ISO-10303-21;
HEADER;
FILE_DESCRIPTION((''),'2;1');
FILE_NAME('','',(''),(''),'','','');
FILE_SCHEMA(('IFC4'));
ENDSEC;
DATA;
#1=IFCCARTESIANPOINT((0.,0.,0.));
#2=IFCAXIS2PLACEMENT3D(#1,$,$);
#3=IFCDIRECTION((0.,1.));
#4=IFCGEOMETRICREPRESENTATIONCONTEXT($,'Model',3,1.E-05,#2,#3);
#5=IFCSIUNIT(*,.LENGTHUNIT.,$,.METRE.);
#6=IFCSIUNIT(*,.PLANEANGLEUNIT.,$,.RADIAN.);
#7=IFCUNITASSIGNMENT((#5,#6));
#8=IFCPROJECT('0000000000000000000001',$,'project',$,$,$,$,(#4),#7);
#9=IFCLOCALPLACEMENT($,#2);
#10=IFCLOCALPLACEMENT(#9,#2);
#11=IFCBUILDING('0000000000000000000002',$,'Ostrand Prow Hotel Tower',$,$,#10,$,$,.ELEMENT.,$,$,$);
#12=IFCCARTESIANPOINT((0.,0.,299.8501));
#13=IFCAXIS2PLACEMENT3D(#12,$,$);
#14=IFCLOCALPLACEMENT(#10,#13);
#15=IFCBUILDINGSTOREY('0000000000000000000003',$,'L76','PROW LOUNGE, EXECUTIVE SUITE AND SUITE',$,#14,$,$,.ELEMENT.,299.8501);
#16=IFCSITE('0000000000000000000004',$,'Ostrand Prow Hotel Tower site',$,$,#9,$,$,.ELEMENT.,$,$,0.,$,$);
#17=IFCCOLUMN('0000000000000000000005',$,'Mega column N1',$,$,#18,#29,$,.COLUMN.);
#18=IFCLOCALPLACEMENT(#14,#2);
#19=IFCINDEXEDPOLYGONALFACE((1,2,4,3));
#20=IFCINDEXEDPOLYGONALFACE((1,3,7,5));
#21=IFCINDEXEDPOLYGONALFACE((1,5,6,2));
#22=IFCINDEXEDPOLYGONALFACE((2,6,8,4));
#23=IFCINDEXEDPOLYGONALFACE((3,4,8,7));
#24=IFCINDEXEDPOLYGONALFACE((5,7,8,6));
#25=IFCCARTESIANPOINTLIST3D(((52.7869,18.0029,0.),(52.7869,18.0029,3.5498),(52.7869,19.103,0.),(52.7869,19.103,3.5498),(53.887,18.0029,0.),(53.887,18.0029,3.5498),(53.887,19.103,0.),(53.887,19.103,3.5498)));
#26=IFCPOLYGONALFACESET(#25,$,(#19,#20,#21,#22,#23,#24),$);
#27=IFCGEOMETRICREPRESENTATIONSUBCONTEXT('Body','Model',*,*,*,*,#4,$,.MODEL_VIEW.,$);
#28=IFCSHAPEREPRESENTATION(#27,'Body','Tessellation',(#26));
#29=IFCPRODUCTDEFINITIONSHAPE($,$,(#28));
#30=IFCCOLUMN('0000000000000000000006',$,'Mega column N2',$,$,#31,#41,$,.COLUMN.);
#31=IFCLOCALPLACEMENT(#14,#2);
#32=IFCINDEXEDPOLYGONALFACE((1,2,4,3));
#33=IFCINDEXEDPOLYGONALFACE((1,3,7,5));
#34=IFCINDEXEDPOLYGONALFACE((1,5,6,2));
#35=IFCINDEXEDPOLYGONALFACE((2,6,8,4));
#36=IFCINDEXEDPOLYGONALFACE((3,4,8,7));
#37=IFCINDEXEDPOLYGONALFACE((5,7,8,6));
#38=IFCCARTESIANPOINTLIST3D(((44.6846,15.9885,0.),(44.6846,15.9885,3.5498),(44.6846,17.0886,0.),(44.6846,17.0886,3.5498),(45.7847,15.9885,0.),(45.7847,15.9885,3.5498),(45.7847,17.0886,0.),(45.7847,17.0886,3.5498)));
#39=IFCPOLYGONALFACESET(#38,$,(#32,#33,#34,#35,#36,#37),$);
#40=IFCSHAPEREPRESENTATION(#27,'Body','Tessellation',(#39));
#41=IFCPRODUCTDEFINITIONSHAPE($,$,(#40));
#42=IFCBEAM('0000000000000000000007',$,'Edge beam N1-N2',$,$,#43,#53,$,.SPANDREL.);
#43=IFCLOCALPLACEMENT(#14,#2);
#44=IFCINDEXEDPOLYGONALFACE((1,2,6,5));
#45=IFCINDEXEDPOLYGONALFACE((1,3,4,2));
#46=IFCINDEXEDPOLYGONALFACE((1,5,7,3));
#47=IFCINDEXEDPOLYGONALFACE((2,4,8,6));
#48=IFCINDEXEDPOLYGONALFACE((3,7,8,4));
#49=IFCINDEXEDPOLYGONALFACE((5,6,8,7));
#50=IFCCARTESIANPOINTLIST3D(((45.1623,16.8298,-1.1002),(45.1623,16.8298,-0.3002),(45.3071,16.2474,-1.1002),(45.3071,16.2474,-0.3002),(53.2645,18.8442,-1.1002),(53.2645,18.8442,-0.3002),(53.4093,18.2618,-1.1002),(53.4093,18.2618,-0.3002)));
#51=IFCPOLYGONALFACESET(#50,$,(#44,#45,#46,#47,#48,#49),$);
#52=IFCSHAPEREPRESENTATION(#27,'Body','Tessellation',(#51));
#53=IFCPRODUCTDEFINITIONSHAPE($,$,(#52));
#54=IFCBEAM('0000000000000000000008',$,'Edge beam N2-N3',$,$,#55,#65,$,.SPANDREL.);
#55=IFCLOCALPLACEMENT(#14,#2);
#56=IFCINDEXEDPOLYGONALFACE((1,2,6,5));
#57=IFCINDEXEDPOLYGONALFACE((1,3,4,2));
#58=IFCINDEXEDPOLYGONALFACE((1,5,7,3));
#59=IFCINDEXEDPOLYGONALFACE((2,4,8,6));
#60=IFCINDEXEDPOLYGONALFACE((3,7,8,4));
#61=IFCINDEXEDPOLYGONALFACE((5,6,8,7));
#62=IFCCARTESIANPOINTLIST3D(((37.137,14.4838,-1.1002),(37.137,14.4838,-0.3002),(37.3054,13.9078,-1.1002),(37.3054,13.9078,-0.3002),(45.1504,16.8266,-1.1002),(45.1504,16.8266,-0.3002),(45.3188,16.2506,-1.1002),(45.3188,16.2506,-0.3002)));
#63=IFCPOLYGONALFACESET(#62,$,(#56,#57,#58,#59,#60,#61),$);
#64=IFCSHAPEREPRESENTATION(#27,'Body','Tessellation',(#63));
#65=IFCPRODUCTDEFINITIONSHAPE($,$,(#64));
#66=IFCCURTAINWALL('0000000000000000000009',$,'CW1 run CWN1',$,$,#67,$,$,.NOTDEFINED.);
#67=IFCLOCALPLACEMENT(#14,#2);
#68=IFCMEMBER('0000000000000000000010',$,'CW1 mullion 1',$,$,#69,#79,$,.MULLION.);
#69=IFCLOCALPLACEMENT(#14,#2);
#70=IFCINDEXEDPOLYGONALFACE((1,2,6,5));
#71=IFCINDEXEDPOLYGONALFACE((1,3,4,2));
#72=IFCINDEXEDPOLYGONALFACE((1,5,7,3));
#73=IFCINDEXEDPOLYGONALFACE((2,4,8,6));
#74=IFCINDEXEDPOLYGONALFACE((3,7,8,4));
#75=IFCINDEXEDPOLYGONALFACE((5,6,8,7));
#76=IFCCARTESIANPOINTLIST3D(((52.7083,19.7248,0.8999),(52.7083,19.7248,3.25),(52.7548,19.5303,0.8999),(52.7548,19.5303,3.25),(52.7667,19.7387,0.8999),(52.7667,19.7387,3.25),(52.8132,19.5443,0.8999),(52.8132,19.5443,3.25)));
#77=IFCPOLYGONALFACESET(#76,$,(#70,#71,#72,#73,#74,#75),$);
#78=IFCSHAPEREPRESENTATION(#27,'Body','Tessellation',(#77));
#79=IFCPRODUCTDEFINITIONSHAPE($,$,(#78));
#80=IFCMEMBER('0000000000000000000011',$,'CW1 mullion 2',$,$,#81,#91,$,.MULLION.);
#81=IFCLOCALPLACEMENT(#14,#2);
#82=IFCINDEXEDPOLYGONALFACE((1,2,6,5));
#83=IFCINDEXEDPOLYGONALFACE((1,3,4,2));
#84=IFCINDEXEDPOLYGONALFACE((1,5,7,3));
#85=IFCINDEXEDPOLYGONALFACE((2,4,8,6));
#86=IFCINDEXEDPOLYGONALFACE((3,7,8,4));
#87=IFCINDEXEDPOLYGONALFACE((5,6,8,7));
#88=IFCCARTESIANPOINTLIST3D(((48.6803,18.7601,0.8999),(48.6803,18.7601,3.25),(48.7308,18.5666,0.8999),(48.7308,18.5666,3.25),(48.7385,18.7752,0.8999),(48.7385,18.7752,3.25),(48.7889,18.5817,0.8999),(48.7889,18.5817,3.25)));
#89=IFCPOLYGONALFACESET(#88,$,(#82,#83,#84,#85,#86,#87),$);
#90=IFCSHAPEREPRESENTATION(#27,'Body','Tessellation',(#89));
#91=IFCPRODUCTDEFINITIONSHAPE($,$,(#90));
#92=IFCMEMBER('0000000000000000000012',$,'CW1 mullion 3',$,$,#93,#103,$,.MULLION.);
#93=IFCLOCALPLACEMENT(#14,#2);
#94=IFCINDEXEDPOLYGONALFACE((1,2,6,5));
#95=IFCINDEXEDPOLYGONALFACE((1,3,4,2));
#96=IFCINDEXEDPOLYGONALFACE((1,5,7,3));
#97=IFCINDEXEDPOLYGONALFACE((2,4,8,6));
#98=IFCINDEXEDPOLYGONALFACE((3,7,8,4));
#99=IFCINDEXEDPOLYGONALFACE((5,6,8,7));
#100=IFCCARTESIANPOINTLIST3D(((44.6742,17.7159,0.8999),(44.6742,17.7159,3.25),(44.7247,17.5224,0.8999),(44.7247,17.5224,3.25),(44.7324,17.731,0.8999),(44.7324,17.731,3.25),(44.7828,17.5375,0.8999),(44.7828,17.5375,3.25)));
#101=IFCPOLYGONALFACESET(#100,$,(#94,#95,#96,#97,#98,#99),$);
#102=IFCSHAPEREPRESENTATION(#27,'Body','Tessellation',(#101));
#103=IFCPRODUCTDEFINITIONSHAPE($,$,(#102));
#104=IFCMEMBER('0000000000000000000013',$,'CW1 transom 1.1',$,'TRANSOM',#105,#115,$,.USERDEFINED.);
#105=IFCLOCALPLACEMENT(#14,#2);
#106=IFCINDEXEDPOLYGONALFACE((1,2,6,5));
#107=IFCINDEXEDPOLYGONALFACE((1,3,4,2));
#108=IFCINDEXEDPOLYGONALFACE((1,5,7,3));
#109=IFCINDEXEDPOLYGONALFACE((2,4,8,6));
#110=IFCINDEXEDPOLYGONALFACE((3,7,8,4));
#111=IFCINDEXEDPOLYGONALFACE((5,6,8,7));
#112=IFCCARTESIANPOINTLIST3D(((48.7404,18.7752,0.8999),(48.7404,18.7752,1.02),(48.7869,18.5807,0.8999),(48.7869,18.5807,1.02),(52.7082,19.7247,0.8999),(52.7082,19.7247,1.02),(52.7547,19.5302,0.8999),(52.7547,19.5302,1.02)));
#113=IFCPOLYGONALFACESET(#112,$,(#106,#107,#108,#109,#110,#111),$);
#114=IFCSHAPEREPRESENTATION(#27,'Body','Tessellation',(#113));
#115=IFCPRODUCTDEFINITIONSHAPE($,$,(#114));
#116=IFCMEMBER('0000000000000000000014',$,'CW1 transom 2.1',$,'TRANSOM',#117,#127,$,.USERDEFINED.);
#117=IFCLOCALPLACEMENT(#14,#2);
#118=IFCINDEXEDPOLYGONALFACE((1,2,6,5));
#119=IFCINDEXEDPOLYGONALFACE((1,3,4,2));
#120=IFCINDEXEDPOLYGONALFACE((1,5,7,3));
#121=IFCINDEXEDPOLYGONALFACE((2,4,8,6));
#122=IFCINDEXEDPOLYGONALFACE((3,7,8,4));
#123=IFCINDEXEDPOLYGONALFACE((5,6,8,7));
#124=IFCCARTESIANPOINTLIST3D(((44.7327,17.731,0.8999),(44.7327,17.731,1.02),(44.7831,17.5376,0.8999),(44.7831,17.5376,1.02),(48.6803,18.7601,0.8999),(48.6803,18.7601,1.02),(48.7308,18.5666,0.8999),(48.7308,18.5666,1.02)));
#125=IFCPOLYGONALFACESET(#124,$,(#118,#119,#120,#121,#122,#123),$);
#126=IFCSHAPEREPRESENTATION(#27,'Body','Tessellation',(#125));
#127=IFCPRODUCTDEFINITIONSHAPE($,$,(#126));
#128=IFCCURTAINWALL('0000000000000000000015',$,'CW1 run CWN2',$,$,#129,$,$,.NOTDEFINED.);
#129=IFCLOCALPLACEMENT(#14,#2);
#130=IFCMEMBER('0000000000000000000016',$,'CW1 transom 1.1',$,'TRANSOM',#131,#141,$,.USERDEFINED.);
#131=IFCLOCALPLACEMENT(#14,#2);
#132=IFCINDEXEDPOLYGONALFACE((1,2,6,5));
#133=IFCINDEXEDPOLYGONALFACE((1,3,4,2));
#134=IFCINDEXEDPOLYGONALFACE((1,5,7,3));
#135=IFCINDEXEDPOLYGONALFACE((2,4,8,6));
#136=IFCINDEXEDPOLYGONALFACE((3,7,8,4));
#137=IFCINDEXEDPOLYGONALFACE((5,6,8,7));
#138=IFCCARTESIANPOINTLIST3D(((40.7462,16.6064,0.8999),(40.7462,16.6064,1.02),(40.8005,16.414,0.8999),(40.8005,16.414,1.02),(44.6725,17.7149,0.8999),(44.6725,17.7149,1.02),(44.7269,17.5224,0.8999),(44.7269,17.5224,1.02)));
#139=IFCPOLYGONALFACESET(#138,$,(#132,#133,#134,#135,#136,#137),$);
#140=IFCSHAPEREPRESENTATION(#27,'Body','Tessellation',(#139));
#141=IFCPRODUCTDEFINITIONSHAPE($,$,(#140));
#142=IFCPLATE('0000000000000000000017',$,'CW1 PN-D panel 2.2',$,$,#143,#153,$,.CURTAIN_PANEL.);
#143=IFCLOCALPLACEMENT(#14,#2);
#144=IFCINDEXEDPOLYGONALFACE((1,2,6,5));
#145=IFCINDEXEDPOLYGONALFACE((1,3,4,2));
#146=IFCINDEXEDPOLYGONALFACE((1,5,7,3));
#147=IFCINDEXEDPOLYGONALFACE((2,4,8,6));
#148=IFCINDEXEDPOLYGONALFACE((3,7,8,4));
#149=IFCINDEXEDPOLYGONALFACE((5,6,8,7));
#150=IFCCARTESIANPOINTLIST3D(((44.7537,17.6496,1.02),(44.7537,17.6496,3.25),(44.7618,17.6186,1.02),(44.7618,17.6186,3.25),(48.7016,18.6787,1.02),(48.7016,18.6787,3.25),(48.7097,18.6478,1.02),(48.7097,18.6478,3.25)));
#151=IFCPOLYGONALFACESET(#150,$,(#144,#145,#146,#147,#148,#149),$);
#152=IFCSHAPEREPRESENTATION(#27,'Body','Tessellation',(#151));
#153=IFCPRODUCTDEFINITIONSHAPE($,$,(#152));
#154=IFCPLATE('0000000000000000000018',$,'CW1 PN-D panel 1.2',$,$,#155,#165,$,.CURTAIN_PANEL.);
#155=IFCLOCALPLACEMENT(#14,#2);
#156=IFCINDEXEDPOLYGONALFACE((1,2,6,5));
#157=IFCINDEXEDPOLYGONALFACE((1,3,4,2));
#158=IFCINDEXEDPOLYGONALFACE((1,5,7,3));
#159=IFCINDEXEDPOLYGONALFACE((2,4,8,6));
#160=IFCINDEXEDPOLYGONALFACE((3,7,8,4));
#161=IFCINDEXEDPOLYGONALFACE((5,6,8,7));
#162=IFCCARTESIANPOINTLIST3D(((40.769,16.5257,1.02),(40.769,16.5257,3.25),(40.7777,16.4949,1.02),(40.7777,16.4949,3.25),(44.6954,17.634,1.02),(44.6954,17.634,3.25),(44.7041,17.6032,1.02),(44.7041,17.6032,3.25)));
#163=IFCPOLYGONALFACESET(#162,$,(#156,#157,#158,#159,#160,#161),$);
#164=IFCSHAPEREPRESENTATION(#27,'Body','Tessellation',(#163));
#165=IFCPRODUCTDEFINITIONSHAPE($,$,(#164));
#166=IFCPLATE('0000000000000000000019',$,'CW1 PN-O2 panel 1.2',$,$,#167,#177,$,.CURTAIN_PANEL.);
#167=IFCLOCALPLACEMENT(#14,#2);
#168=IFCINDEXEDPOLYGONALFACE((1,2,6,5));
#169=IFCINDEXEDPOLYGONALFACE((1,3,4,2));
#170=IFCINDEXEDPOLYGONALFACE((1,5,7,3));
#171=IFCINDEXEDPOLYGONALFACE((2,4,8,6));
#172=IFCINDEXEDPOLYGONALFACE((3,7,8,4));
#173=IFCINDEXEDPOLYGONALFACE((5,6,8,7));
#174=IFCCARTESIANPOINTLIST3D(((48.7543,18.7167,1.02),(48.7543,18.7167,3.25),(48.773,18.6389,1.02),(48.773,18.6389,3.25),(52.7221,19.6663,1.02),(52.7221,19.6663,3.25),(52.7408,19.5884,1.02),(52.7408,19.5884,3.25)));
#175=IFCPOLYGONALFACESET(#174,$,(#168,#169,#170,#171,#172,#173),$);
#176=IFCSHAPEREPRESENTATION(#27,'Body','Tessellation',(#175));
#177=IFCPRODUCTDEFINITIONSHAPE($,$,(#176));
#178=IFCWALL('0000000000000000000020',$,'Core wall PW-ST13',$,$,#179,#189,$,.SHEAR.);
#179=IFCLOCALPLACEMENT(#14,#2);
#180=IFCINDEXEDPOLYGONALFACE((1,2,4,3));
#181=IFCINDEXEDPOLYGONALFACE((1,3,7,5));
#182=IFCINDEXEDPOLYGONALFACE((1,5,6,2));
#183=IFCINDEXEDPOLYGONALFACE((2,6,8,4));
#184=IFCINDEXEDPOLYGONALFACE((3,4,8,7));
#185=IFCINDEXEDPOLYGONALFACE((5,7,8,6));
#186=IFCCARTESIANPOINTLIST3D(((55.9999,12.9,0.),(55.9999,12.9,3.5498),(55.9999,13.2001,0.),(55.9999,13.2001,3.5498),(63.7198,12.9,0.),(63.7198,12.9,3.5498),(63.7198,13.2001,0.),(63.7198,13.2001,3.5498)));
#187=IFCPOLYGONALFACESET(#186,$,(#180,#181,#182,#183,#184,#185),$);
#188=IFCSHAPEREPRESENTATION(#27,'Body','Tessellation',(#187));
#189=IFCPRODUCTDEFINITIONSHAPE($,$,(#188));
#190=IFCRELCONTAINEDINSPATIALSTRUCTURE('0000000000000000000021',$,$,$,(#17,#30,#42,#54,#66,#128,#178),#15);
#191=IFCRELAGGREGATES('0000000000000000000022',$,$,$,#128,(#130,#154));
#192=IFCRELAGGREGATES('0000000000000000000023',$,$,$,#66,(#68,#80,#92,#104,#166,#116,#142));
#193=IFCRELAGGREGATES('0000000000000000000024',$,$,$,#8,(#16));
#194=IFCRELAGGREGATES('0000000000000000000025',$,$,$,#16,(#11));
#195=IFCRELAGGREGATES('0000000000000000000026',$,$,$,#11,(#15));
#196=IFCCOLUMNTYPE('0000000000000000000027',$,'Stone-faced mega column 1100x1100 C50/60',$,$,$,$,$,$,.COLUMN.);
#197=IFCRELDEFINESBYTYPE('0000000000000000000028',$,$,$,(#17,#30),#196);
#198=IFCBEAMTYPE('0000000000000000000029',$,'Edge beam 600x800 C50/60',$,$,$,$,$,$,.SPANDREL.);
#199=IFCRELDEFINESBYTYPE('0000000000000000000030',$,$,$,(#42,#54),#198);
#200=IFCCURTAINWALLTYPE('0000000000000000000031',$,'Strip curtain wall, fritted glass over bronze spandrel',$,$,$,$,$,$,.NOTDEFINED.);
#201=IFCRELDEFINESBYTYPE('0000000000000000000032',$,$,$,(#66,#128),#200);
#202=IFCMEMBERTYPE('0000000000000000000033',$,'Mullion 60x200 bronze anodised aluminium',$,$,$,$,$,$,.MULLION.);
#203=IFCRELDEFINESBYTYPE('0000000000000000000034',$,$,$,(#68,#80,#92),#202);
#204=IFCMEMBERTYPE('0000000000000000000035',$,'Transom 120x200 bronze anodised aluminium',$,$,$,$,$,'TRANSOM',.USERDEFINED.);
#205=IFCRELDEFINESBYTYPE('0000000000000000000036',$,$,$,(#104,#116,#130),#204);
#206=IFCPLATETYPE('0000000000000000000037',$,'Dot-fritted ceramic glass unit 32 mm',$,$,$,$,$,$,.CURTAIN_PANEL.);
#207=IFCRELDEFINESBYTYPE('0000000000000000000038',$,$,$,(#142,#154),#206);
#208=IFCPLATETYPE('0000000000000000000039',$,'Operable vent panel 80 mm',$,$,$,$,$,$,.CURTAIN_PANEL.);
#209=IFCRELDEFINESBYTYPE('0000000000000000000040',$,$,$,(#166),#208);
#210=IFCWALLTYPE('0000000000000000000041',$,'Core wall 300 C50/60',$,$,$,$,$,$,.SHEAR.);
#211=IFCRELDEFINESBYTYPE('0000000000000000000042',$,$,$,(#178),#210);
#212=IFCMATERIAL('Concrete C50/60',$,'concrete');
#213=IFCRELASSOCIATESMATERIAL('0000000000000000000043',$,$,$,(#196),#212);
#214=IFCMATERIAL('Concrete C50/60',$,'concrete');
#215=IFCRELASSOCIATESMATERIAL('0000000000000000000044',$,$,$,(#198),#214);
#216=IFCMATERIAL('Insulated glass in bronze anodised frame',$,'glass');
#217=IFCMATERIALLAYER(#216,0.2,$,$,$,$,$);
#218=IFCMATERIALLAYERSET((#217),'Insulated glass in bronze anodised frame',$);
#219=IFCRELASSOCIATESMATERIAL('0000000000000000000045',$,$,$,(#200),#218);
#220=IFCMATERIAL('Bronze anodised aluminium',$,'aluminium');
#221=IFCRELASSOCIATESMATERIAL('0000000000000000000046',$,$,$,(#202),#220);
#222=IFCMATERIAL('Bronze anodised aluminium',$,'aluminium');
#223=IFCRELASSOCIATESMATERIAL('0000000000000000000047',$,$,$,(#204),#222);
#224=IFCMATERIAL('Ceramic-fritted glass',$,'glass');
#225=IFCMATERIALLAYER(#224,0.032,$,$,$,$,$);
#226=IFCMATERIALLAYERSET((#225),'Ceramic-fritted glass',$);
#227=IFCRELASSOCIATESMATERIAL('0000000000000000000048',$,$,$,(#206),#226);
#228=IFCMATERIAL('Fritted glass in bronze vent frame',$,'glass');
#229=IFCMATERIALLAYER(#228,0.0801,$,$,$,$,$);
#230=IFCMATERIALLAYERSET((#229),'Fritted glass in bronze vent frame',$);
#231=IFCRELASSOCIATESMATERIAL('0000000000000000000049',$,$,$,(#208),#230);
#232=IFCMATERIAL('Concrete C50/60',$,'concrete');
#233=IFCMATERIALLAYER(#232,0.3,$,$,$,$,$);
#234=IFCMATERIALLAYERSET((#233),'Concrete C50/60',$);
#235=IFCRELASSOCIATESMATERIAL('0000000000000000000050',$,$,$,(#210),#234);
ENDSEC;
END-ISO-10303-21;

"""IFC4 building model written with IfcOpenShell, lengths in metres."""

from ifc_helpers import new_model, si_unit, direction, frame, frame_2d, origin, origin_2d, place, context, subcontext, project, spatial, rectangle, extrude, material, layer, layer_set, material_profile, profile_set, type_object, element, aggregate, save


model = new_model("IFC4")

# Units and contexts
model_context = context("Model", 3, precision=1e-05, world=origin(), true_north=direction((0.0, 1.0)))
body_context = subcontext(model_context, "Body", "Model", "MODEL_VIEW")
ifc_project = project(units=[si_unit("LENGTHUNIT", "METRE"), si_unit("PLANEANGLEUNIT", "RADIAN")], contexts=[model_context])

# Site, building, storey
site_placement = place(None, origin())
site = spatial("IfcSite", under=ifc_project, at=site_placement, Name="Ostrand Prow Hotel Tower site", CompositionType="ELEMENT", RefElevation=0.0)
building_placement = place(site_placement, origin())
building = spatial("IfcBuilding", under=site, at=building_placement, Name="Ostrand Prow Hotel Tower", CompositionType="ELEMENT")
storey_placement = place(building_placement, frame((0.0, 0.0, 299.8501)))
storey = spatial("IfcBuildingStorey", under=building, at=storey_placement, Name="L76", Description="PROW LOUNGE, EXECUTIVE SUITE AND SUITE", CompositionType="ELEMENT", Elevation=299.8501)

# Columns
ifc_material_1 = material(Name="Concrete C50/60", Category="concrete")
ifc_material_profile_1 = material_profile(ifc_material_1, rectangle(XDim=1.1001, YDim=1.1001, at=origin_2d()), Name="RC 1100x1100")
ifc_profile_set_1 = profile_set([ifc_material_profile_1], Name="Concrete C50/60")
column_type = type_object("IfcColumnType", Name="Stone-faced mega column 1100x1100 C50/60", PredefinedType="COLUMN", material=ifc_profile_set_1)
for number, where, z_axis, x_axis, name in (
    (1, (53.3369, 18.553, 0.0), (0.0, 0.0, 1.0), (1.0, 0.0, 0.0), "Mega column N1"),
    (2, (45.2346, 16.5386, 0.0), (0.0, 0.0, 1.0), (1.0, 0.0, 0.0), "Mega column N2"),
):
    element("IfcColumn", number, at=place(storey_placement, frame(where, z_axis=z_axis, x_axis=x_axis)), inside=storey, type_object=column_type, Name=name, PredefinedType="COLUMN", context=body_context, shape_type="SweptSolid", body=[
        extrude(rectangle(XDim=1.1001, YDim=1.1001, at=origin_2d()), origin(), (0.0, 0.0, 1.0), 3.5498),
    ])

# Beams
ifc_material_2 = material(Name="Concrete C50/60", Category="concrete")
ifc_material_profile_2 = material_profile(ifc_material_2, rectangle(XDim=0.6001, YDim=0.8, at=origin_2d()), Name="RC 600x800")
ifc_profile_set_2 = profile_set([ifc_material_profile_2], Name="Concrete C50/60")
beam_type = type_object("IfcBeamType", Name="Edge beam 600x800 C50/60", PredefinedType="SPANDREL", material=ifc_profile_set_2)
for number, where, z_axis, x_axis, name in (
    (3, (53.3369, 18.553, -0.7002), (-0.970456, -0.241276, 0.0), (0.241276, -0.970456, 0.0), "Edge beam N1-N2"),
    (4, (45.2346, 16.5386, -0.7002), (-0.959822, -0.28061, 0.0), (0.28061, -0.959822, 0.0), "Edge beam N2-N3"),
):
    element("IfcBeam", number, at=place(storey_placement, frame(where, z_axis=z_axis, x_axis=x_axis)), inside=storey, type_object=beam_type, Name=name, PredefinedType="SPANDREL", context=body_context, shape_type="SweptSolid", body=[
        extrude(rectangle(XDim=0.6001, YDim=0.8, at=origin_2d()), origin(), (0.0, 0.0, 1.0), 8.3489),
    ])

# Curtain wall, members
ifc_material_3 = material(Name="Insulated glass in bronze anodised frame", Category="glass")
ifc_layer_1 = layer(ifc_material_3, 0.2)
ifc_layer_set_1 = layer_set([ifc_layer_1], Name="Insulated glass in bronze anodised frame")
curtain_wall_type = type_object("IfcCurtainWallType", Name="Strip curtain wall, fritted glass over bronze spandrel", PredefinedType="NOTDEFINED", material=ifc_layer_set_1)
curtain_wall_1_placement = place(storey_placement, origin())
curtain_wall_1 = element("IfcCurtainWall", 5, at=curtain_wall_1_placement, inside=storey, type_object=curtain_wall_type, Name="CW1 run CWN1", PredefinedType="NOTDEFINED")
ifc_material_4 = material(Name="Bronze anodised aluminium", Category="aluminium")
ifc_material_profile_3 = material_profile(ifc_material_4, rectangle(XDim=0.2, YDim=0.0601, at=origin_2d()), Name="Mullion 60x200 bronze anodised aluminium")
ifc_profile_set_3 = profile_set([ifc_material_profile_3], Name="Bronze anodised aluminium")
member_type_1 = type_object("IfcMemberType", Name="Mullion 60x200 bronze anodised aluminium", PredefinedType="MULLION", material=ifc_profile_set_3)
member_1_placement = place(storey_placement, frame((52.7607, 19.6345, 0.8999), z_axis=(0.0, 0.0, 1.0), x_axis=(0.232746, -0.972538, 0.0)))
member_1 = element("IfcMember", 6, at=member_1_placement, type_object=member_type_1, Name="CW1 mullion 1", PredefinedType="MULLION", context=body_context, shape_type="SweptSolid", body=[
    extrude(rectangle(XDim=0.2, YDim=0.0601, at=origin_2d()), origin(), (0.0, 0.0, 1.0), 2.3501),
])
member_2_placement = place(storey_placement, frame((48.7346, 18.6709, 0.8999), z_axis=(0.0, 0.0, 1.0), x_axis=(0.252248, -0.967663, 0.0)))
member_2 = element("IfcMember", 7, at=member_2_placement, type_object=member_type_1, Name="CW1 mullion 2", PredefinedType="MULLION", context=body_context, shape_type="SweptSolid", body=[
    extrude(rectangle(XDim=0.2, YDim=0.0601, at=origin_2d()), origin(), (0.0, 0.0, 1.0), 2.3501),
])
member_3_placement = place(storey_placement, frame((44.7285, 17.6267, 0.8999), z_axis=(0.0, 0.0, 1.0), x_axis=(0.252248, -0.967663, 0.0)))
member_3 = element("IfcMember", 8, at=member_3_placement, type_object=member_type_1, Name="CW1 mullion 3", PredefinedType="MULLION", context=body_context, shape_type="SweptSolid", body=[
    extrude(rectangle(XDim=0.2, YDim=0.0601, at=origin_2d()), origin(), (0.0, 0.0, 1.0), 2.3501),
])
ifc_material_5 = material(Name="Bronze anodised aluminium", Category="aluminium")
ifc_material_profile_4 = material_profile(ifc_material_5, rectangle(XDim=0.2, YDim=0.1201, at=origin_2d()), Name="Transom 120x200 bronze anodised aluminium")
ifc_profile_set_4 = profile_set([ifc_material_profile_4], Name="Bronze anodised aluminium")
member_type_2 = type_object("IfcMemberType", Name="Transom 120x200 bronze anodised aluminium", ElementType="TRANSOM", PredefinedType="USERDEFINED", material=ifc_profile_set_4)
member_4_placement = place(storey_placement, frame((52.7314, 19.6274, 0.96), z_axis=(-0.972543, -0.232723, 0.0), x_axis=(0.232723, -0.972543, 0.0)))
member_4 = element("IfcMember", 9, at=member_4_placement, type_object=member_type_2, Name="CW1 transom 1.1", ObjectType="TRANSOM", PredefinedType="USERDEFINED", context=body_context, shape_type="SweptSolid", body=[
    extrude(rectangle(XDim=0.2, YDim=0.1201, at=origin_2d()), origin(), (0.0, 0.0, 1.0), 4.0798),
])
member_5_placement = place(storey_placement, frame((48.7056, 18.6633, 0.96), z_axis=(-0.967665, -0.252239, 0.0), x_axis=(0.252239, -0.967665, 0.0)))
member_5 = element("IfcMember", 10, at=member_5_placement, type_object=member_type_2, Name="CW1 transom 2.1", ObjectType="TRANSOM", PredefinedType="USERDEFINED", context=body_context, shape_type="SweptSolid", body=[
    extrude(rectangle(XDim=0.2, YDim=0.1201, at=origin_2d()), origin(), (0.0, 0.0, 1.0), 4.0796),
])

# Curtain wall, member
curtain_wall_2_placement = place(storey_placement, origin())
curtain_wall_2 = element("IfcCurtainWall", 11, at=curtain_wall_2_placement, inside=storey, type_object=curtain_wall_type, Name="CW1 run CWN2", PredefinedType="NOTDEFINED")
member_6_placement = place(storey_placement, frame((44.6997, 17.6187, 0.96), z_axis=(-0.962386, -0.271685, 0.0), x_axis=(0.271685, -0.962386, 0.0)))
member_6 = element("IfcMember", 12, at=member_6_placement, type_object=member_type_2, Name="CW1 transom 1.1", ObjectType="TRANSOM", PredefinedType="USERDEFINED", context=body_context, shape_type="SweptSolid", body=[
    extrude(rectangle(XDim=0.2, YDim=0.1201, at=origin_2d()), origin(), (0.0, 0.0, 1.0), 4.0798),
])

# Plates
ifc_material_6 = material(Name="Ceramic-fritted glass", Category="glass")
ifc_layer_2 = layer(ifc_material_6, 0.032)
ifc_layer_set_2 = layer_set([ifc_layer_2], Name="Ceramic-fritted glass")
plate_type_1 = type_object("IfcPlateType", Name="Dot-fritted ceramic glass unit 32 mm", PredefinedType="CURTAIN_PANEL", material=ifc_layer_set_2)
plate_1_placement = place(storey_placement, frame((46.7317, 18.1487, 1.02), z_axis=(0.0, 0.0, 1.0), x_axis=(-0.967663, -0.252248, 0.0)))
plate_1 = element("IfcPlate", 13, at=plate_1_placement, type_object=plate_type_1, Name="CW1 PN-D panel 2.2", PredefinedType="CURTAIN_PANEL", context=body_context, shape_type="SweptSolid", body=[
    extrude(rectangle(XDim=4.0798, YDim=0.032, at=origin_2d()), origin(), (0.0, 0.0, 1.0), 2.23),
])
plate_2_placement = place(storey_placement, frame((42.7366, 17.0645, 1.02), z_axis=(0.0, 0.0, 1.0), x_axis=(-0.962396, -0.271649, 0.0)))
plate_2 = element("IfcPlate", 14, at=plate_2_placement, type_object=plate_type_1, Name="CW1 PN-D panel 1.2", PredefinedType="CURTAIN_PANEL", context=body_context, shape_type="SweptSolid", body=[
    extrude(rectangle(XDim=4.0798, YDim=0.032, at=origin_2d()), origin(), (0.0, 0.0, 1.0), 2.23),
])
aggregate(curtain_wall_2, [member_6, plate_2])
ifc_material_7 = material(Name="Fritted glass in bronze vent frame", Category="glass")
ifc_layer_3 = layer(ifc_material_7, 0.0801)
ifc_layer_set_3 = layer_set([ifc_layer_3], Name="Fritted glass in bronze vent frame")
plate_type_2 = type_object("IfcPlateType", Name="Operable vent panel 80 mm", PredefinedType="CURTAIN_PANEL", material=ifc_layer_set_3)
plate_3_placement = place(storey_placement, frame((50.7476, 19.1526, 1.02), z_axis=(0.0, 0.0, 1.0), x_axis=(-0.972538, -0.232746, 0.0)))
plate_3 = element("IfcPlate", 15, at=plate_3_placement, type_object=plate_type_2, Name="CW1 PN-O2 panel 1.2", PredefinedType="CURTAIN_PANEL", context=body_context, shape_type="SweptSolid", body=[
    extrude(rectangle(XDim=4.0798, YDim=0.0801, at=origin_2d()), origin(), (0.0, 0.0, 1.0), 2.23),
])
aggregate(curtain_wall_1, [member_1, member_2, member_3, member_4, plate_3, member_5, plate_1])

# Wall
ifc_material_8 = material(Name="Concrete C50/60", Category="concrete")
ifc_layer_4 = layer(ifc_material_8, 0.3)
ifc_layer_set_4 = layer_set([ifc_layer_4], Name="Concrete C50/60")
wall_type_1 = type_object("IfcWallType", Name="Core wall 300 C50/60", PredefinedType="SHEAR", material=ifc_layer_set_4)
wall_1_placement = place(storey_placement, frame((56.0, 13.05, 0.0), z_axis=(0.0, 0.0, 1.0), x_axis=(1.0, 0.0, 0.0)))
element("IfcWall", 16, at=wall_1_placement, inside=storey, type_object=wall_type_1, Name="Core wall PW-ST13", PredefinedType="SHEAR", context=body_context, shape_type="SweptSolid", body=[
    extrude(rectangle(XDim=7.72, YDim=0.3, at=frame_2d((3.8599, 0.0))), origin(), (0.0, 0.0, 1.0), 3.5498),
])

save(model, "model.ifc")
